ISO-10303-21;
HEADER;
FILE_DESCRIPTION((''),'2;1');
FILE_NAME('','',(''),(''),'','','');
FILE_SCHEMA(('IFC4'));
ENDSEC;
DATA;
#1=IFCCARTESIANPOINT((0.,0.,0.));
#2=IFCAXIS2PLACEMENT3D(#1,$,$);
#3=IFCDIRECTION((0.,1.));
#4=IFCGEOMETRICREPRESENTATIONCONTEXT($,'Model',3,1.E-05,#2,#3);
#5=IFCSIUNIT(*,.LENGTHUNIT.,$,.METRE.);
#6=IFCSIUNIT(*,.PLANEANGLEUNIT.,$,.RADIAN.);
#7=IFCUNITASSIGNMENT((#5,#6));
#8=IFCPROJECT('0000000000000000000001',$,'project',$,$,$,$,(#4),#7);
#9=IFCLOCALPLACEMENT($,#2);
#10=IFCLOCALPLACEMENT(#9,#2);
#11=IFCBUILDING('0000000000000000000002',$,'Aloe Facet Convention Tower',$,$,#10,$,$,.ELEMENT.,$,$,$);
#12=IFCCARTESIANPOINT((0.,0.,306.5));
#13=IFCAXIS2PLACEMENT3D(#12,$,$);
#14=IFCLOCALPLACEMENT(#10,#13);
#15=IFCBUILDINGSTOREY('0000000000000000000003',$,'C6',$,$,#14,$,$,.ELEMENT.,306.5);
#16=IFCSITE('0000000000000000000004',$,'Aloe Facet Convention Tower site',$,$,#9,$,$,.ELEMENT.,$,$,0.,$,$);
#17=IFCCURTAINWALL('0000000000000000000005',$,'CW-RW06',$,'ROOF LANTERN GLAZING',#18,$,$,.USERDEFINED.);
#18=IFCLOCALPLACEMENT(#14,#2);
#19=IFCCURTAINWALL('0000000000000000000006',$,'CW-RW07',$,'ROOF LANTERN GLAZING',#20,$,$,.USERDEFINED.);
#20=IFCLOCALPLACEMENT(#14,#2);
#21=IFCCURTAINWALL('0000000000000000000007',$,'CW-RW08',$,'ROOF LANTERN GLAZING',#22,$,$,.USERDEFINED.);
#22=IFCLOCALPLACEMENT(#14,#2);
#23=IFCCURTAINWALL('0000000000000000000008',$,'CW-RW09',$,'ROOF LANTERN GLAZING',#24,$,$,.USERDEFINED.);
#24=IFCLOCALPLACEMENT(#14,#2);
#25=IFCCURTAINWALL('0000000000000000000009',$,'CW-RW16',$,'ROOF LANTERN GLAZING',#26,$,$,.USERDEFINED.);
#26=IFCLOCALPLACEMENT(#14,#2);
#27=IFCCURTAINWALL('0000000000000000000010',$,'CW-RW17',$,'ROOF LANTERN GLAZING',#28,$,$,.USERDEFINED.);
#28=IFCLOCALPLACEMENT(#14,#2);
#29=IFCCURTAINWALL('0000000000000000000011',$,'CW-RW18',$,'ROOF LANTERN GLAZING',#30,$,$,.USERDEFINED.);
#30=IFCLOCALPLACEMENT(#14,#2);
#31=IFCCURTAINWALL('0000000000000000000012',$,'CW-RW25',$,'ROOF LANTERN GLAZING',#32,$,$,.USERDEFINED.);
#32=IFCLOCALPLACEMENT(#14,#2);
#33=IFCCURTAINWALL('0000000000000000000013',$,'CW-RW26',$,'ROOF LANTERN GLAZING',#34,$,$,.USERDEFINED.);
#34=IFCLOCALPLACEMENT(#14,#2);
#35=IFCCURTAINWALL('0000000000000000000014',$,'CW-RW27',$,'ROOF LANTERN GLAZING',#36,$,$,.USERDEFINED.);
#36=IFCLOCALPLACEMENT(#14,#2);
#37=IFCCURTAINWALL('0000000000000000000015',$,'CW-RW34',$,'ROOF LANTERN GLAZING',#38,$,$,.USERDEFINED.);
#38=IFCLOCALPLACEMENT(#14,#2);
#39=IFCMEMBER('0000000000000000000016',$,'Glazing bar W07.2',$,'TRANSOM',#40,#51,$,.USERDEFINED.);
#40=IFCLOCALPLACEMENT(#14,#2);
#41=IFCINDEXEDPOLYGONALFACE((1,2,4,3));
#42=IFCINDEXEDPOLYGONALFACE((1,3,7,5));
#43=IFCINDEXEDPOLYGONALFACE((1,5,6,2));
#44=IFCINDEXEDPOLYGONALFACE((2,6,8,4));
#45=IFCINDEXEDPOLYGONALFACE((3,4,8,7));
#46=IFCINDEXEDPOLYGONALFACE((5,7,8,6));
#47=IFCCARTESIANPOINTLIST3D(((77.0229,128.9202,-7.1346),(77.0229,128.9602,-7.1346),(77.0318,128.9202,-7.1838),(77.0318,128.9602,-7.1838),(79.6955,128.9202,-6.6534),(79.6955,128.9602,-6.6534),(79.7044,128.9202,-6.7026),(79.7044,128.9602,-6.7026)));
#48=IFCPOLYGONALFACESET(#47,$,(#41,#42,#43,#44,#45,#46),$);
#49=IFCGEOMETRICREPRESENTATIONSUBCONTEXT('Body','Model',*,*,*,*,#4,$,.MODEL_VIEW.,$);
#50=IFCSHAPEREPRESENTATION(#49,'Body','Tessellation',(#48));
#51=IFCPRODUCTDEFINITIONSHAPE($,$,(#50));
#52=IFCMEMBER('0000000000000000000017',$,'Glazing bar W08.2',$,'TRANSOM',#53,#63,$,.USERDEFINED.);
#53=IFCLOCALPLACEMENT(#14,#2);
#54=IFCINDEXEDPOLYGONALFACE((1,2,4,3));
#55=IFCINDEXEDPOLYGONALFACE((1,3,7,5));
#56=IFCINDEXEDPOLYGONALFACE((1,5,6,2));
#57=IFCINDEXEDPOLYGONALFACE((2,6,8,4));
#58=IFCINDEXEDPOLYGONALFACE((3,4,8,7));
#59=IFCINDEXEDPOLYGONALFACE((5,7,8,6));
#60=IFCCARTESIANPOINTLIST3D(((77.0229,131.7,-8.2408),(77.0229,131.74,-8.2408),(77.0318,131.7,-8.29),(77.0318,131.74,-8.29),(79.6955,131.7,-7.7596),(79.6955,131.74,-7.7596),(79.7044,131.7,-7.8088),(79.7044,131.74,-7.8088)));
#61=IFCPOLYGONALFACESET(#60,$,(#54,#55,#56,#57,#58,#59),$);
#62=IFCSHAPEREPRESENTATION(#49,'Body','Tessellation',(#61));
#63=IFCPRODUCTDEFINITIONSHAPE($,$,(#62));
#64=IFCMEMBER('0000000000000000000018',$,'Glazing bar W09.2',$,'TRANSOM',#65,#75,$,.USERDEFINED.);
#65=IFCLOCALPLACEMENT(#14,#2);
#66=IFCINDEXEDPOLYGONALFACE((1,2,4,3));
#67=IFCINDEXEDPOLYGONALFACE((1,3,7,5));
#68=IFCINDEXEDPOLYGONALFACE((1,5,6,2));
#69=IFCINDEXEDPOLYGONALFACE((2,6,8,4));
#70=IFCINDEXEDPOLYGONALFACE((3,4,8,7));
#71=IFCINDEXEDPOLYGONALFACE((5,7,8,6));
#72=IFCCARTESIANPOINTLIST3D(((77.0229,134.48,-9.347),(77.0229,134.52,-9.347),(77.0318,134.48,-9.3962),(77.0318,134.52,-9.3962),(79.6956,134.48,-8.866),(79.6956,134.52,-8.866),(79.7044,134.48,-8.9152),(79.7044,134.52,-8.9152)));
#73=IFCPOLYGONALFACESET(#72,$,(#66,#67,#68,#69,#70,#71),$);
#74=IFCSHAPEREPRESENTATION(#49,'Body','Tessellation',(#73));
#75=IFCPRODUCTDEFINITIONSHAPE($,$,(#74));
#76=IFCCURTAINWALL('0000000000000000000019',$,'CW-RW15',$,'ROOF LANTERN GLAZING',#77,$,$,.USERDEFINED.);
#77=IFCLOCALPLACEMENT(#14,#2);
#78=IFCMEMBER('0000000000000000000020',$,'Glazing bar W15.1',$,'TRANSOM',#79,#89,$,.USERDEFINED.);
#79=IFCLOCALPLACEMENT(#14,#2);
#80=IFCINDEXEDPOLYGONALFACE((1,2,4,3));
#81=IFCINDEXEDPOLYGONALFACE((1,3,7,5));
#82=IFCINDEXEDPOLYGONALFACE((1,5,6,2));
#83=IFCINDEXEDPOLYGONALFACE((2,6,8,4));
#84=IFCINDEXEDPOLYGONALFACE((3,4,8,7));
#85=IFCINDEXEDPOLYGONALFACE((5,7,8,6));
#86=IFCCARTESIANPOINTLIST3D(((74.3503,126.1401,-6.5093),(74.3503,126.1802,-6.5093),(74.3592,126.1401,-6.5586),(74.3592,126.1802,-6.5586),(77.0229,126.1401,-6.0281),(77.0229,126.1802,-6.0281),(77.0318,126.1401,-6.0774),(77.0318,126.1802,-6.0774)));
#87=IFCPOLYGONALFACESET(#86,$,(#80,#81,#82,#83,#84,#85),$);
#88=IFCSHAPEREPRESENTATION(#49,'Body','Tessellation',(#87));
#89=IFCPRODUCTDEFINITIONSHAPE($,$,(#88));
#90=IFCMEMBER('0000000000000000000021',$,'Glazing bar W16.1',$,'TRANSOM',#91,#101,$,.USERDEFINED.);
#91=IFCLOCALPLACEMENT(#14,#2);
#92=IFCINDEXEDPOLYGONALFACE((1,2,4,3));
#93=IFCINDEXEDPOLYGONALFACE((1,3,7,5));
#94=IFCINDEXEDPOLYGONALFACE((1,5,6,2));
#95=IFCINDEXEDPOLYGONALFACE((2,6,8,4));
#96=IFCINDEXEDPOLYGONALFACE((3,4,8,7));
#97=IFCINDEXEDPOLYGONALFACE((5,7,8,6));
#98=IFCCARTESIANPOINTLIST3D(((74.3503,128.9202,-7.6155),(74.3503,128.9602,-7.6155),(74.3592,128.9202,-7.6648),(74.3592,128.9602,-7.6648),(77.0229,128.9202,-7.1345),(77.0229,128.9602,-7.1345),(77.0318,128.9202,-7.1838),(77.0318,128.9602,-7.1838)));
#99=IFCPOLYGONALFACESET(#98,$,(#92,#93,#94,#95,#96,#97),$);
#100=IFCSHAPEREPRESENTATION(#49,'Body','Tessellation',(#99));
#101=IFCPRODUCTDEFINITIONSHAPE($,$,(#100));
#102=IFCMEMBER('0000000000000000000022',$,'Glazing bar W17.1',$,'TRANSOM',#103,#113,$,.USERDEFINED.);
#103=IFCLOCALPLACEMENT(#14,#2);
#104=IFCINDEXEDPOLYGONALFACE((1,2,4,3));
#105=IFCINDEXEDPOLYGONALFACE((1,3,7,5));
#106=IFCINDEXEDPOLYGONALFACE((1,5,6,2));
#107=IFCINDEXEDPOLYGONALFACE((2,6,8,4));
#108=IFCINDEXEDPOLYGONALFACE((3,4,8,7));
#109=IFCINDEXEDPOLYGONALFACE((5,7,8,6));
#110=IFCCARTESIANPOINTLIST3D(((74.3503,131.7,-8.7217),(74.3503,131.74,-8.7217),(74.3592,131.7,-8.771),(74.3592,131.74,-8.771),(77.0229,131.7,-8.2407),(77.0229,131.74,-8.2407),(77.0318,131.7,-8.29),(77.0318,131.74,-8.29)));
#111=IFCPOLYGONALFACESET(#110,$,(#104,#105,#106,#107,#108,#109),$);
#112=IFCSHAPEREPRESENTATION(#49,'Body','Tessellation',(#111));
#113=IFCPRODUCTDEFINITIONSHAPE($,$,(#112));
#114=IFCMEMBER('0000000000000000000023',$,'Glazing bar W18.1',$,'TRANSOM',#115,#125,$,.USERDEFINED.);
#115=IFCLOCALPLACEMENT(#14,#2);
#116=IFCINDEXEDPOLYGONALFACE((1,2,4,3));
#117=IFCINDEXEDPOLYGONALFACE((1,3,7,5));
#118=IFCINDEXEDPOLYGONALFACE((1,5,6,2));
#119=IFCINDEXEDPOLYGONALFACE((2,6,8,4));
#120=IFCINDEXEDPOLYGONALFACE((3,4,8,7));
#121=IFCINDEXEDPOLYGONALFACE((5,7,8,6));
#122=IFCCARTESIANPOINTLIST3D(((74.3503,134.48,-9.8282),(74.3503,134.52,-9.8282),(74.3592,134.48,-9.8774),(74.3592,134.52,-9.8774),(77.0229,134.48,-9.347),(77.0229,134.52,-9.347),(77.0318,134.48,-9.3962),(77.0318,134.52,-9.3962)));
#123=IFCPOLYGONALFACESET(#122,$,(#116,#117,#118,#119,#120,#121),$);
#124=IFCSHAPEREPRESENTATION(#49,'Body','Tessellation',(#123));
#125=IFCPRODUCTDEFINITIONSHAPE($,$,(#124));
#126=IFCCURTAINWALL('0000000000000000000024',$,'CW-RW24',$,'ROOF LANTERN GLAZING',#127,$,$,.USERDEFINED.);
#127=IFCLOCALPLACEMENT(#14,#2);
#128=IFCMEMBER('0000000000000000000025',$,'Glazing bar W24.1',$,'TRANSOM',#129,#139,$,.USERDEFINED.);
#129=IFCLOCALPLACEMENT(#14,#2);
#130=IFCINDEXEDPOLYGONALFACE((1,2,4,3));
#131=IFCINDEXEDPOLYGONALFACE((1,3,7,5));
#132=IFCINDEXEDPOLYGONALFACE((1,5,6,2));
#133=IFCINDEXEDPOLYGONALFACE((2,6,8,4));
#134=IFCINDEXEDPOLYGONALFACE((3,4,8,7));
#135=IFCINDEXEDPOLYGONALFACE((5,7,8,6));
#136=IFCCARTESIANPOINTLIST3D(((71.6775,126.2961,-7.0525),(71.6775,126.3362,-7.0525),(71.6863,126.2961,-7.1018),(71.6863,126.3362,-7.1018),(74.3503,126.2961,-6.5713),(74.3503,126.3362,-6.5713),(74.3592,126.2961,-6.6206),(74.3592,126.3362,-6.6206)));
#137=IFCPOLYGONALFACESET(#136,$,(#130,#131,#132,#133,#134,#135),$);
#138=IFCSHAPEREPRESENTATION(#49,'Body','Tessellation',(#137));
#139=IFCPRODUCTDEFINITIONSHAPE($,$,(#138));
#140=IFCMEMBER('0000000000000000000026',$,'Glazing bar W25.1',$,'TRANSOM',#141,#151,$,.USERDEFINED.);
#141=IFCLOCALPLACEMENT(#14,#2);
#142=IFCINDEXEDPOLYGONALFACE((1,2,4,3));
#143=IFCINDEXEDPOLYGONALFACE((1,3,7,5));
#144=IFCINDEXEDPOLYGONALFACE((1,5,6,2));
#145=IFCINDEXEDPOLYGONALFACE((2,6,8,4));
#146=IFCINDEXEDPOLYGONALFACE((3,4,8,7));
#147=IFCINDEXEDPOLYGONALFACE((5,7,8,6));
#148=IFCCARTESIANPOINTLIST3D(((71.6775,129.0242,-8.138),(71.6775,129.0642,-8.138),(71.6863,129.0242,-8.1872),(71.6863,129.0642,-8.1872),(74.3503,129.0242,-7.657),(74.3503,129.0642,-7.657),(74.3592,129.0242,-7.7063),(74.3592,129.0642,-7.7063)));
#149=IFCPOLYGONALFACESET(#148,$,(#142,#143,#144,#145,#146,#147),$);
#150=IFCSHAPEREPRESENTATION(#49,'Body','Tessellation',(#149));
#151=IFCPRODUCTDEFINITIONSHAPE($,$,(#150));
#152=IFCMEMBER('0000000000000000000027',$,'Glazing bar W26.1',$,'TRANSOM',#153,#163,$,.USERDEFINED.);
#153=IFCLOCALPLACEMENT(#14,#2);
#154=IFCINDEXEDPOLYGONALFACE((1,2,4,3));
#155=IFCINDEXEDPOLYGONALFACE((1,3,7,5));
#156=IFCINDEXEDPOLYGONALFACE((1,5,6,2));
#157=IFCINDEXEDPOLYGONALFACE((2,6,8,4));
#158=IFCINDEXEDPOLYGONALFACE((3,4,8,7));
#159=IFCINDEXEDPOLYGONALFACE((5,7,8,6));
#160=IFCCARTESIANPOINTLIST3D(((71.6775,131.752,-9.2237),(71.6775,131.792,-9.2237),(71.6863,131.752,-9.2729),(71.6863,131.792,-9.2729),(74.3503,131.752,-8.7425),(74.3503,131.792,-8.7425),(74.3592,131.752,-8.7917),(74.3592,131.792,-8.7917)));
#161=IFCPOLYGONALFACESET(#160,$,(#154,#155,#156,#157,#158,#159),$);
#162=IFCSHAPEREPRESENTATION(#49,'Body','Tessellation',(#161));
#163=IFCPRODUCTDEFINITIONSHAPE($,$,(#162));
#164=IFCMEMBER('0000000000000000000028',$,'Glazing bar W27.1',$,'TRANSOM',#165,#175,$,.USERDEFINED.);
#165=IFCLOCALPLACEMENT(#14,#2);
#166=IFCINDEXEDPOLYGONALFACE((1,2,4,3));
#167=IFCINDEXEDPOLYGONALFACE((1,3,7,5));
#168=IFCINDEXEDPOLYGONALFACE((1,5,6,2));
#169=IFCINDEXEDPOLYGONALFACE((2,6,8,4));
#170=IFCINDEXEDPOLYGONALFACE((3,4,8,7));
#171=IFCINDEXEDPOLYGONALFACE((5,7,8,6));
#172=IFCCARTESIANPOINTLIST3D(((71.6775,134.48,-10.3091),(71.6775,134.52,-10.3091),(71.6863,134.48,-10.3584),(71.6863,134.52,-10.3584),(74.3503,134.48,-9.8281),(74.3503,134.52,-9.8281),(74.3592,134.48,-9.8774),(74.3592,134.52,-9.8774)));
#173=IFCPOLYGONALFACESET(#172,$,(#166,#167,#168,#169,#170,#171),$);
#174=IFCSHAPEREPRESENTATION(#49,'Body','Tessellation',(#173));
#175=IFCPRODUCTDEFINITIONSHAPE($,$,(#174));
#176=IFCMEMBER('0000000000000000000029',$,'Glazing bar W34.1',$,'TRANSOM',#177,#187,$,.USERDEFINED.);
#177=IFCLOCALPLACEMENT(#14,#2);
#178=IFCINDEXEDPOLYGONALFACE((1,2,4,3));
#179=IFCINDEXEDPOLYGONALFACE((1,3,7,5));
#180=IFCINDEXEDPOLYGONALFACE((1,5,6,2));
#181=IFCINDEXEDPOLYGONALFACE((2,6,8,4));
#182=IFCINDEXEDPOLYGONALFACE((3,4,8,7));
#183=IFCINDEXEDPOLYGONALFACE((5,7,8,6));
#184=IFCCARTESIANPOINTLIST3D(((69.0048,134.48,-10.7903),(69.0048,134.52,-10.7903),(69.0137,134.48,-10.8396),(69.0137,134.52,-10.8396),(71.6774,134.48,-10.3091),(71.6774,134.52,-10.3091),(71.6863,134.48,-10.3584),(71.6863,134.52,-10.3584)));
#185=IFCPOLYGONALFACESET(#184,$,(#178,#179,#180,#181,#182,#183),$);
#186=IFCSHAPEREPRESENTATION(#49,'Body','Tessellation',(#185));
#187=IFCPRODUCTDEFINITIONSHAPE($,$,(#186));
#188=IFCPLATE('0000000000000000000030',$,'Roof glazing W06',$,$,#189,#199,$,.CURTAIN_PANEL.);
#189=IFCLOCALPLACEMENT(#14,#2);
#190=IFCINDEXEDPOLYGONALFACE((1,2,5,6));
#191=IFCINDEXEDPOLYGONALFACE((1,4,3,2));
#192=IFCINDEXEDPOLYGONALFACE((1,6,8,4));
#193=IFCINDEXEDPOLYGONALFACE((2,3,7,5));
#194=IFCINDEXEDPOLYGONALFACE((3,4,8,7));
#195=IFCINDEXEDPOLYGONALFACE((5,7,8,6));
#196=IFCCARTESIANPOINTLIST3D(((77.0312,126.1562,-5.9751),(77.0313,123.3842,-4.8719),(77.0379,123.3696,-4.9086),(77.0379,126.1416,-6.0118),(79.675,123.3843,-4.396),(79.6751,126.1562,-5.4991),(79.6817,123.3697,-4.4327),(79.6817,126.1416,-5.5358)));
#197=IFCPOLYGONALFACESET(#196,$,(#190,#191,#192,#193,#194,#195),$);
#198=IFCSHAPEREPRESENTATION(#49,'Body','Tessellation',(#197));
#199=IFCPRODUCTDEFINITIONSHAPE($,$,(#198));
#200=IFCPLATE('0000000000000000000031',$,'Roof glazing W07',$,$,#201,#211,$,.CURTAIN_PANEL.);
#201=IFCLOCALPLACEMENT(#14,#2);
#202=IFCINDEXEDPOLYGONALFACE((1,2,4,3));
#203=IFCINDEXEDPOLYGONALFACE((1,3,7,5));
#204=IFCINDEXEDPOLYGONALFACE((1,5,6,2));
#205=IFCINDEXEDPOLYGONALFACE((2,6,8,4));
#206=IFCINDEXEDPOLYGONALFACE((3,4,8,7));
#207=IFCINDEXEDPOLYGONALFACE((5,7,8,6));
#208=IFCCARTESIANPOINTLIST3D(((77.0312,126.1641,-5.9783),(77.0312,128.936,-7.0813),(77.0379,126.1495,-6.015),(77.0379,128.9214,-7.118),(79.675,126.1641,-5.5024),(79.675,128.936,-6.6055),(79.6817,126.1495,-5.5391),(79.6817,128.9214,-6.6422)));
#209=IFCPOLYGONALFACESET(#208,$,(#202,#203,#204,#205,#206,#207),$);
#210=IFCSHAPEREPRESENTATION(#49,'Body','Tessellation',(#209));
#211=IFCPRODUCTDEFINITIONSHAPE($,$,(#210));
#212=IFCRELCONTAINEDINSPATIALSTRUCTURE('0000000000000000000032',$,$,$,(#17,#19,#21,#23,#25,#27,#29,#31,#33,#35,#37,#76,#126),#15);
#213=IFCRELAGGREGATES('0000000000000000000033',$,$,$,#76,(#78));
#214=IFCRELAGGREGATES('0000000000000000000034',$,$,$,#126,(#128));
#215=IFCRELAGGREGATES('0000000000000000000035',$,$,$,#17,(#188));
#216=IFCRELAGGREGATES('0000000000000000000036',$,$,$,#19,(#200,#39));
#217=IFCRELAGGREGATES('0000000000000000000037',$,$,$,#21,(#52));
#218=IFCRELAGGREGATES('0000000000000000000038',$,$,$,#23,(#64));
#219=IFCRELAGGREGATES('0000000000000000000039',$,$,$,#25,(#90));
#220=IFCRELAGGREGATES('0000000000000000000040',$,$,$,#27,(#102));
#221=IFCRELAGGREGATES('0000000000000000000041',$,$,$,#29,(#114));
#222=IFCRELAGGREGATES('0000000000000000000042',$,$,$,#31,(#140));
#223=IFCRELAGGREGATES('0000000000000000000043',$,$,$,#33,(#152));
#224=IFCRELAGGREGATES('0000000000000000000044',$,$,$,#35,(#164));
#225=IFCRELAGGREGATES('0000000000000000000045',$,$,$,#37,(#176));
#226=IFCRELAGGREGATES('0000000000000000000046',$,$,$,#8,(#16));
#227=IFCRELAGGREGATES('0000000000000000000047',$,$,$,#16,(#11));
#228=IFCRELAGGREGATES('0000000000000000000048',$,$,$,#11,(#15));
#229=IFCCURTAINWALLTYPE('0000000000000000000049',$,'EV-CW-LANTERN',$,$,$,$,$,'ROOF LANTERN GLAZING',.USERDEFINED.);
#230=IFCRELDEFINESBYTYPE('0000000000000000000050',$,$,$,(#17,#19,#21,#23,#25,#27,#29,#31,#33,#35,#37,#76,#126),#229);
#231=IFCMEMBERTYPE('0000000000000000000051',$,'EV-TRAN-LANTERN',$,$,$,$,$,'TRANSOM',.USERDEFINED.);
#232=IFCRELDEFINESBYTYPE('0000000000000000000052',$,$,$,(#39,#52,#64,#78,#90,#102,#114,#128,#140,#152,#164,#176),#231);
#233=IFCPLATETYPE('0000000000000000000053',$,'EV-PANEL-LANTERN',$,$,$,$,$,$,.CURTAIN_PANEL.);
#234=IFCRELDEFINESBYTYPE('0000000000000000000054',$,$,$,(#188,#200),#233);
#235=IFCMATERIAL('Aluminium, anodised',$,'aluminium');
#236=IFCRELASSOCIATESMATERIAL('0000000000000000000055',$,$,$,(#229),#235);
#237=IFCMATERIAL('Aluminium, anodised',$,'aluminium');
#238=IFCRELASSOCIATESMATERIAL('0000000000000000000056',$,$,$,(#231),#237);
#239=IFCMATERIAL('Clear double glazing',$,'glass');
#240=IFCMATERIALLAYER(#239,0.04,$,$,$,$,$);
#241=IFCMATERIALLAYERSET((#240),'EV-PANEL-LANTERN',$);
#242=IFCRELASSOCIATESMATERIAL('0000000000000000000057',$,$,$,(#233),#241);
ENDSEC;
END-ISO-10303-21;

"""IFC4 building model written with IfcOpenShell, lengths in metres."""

from ifc_helpers import new_model, si_unit, direction, frame, origin, origin_2d, place, context, subcontext, project, spatial, polyline, rectangle, outline, extrude, material, layer, layer_set, material_profile, profile_set, type_object, element, aggregate, save


model = new_model("IFC4")

# Units and contexts
model_context = context("Model", 3, precision=1e-05, world=origin(), true_north=direction((0.0, 1.0)))
body_context = subcontext(model_context, "Body", "Model", "MODEL_VIEW")
ifc_project = project(units=[si_unit("LENGTHUNIT", "METRE"), si_unit("PLANEANGLEUNIT", "RADIAN")], contexts=[model_context])

# Site, building, storey
site_placement = place(None, origin())
site = spatial("IfcSite", under=ifc_project, at=site_placement, Name="Aloe Facet Convention Tower site", CompositionType="ELEMENT", RefElevation=0.0)
building_placement = place(site_placement, origin())
building = spatial("IfcBuilding", under=site, at=building_placement, Name="Aloe Facet Convention Tower", CompositionType="ELEMENT")
storey_placement = place(building_placement, frame((0.0, 0.0, 306.5)))
storey = spatial("IfcBuildingStorey", under=building, at=storey_placement, Name="C6", CompositionType="ELEMENT", Elevation=306.5)

# Curtain wall
ifc_material_1 = material(Name="Aluminium, anodised", Category="aluminium")
curtain_wall_type = type_object("IfcCurtainWallType", Name="EV-CW-LANTERN", ElementType="ROOF LANTERN GLAZING", PredefinedType="USERDEFINED", material=ifc_material_1)
curtain_wall_1_placement = place(storey_placement, origin())
curtain_wall_1 = element("IfcCurtainWall", 1, at=curtain_wall_1_placement, inside=storey, type_object=curtain_wall_type, Name="CW-RW06", ObjectType="ROOF LANTERN GLAZING", PredefinedType="USERDEFINED")

# Curtain walls
curtain_wall_2_placement = place(storey_placement, origin())
curtain_wall_2 = element("IfcCurtainWall", 2, at=curtain_wall_2_placement, inside=storey, type_object=curtain_wall_type, Name="CW-RW07", ObjectType="ROOF LANTERN GLAZING", PredefinedType="USERDEFINED")
curtain_wall_3_placement = place(storey_placement, origin())
curtain_wall_3 = element("IfcCurtainWall", 3, at=curtain_wall_3_placement, inside=storey, type_object=curtain_wall_type, Name="CW-RW08", ObjectType="ROOF LANTERN GLAZING", PredefinedType="USERDEFINED")
curtain_wall_4_placement = place(storey_placement, origin())
curtain_wall_4 = element("IfcCurtainWall", 4, at=curtain_wall_4_placement, inside=storey, type_object=curtain_wall_type, Name="CW-RW09", ObjectType="ROOF LANTERN GLAZING", PredefinedType="USERDEFINED")

# Curtain walls
curtain_wall_5_placement = place(storey_placement, origin())
curtain_wall_5 = element("IfcCurtainWall", 5, at=curtain_wall_5_placement, inside=storey, type_object=curtain_wall_type, Name="CW-RW16", ObjectType="ROOF LANTERN GLAZING", PredefinedType="USERDEFINED")
curtain_wall_6_placement = place(storey_placement, origin())
curtain_wall_6 = element("IfcCurtainWall", 6, at=curtain_wall_6_placement, inside=storey, type_object=curtain_wall_type, Name="CW-RW17", ObjectType="ROOF LANTERN GLAZING", PredefinedType="USERDEFINED")
curtain_wall_7_placement = place(storey_placement, origin())
curtain_wall_7 = element("IfcCurtainWall", 7, at=curtain_wall_7_placement, inside=storey, type_object=curtain_wall_type, Name="CW-RW18", ObjectType="ROOF LANTERN GLAZING", PredefinedType="USERDEFINED")
curtain_wall_8_placement = place(storey_placement, origin())
curtain_wall_8 = element("IfcCurtainWall", 8, at=curtain_wall_8_placement, inside=storey, type_object=curtain_wall_type, Name="CW-RW25", ObjectType="ROOF LANTERN GLAZING", PredefinedType="USERDEFINED")
curtain_wall_9_placement = place(storey_placement, origin())
curtain_wall_9 = element("IfcCurtainWall", 9, at=curtain_wall_9_placement, inside=storey, type_object=curtain_wall_type, Name="CW-RW26", ObjectType="ROOF LANTERN GLAZING", PredefinedType="USERDEFINED")
curtain_wall_10_placement = place(storey_placement, origin())
curtain_wall_10 = element("IfcCurtainWall", 10, at=curtain_wall_10_placement, inside=storey, type_object=curtain_wall_type, Name="CW-RW27", ObjectType="ROOF LANTERN GLAZING", PredefinedType="USERDEFINED")
curtain_wall_11_placement = place(storey_placement, origin())
curtain_wall_11 = element("IfcCurtainWall", 11, at=curtain_wall_11_placement, inside=storey, type_object=curtain_wall_type, Name="CW-RW34", ObjectType="ROOF LANTERN GLAZING", PredefinedType="USERDEFINED")

# Members
ifc_material_2 = material(Name="Aluminium, anodised", Category="aluminium")
ifc_material_profile_1 = material_profile(ifc_material_2, rectangle(XDim=0.04, YDim=0.05, at=origin_2d()), Name="AL 40x50")
ifc_profile_set_1 = profile_set([ifc_material_profile_1], Name="Aluminium, anodised")
member_type_1 = type_object("IfcMemberType", Name="EV-TRAN-LANTERN", ElementType="TRANSOM", PredefinedType="USERDEFINED", material=ifc_profile_set_1)
member_1_placement = place(storey_placement, frame((77.0273, 128.9402, -7.1592), z_axis=(0.984175, 0.0, 0.1772), x_axis=(0.0, 1.0, 0.0)))
member_1 = element("IfcMember", 12, at=member_1_placement, type_object=member_type_1, Name="Glazing bar W07.2", ObjectType="TRANSOM", PredefinedType="USERDEFINED", context=body_context, shape_type="SweptSolid", body=[
    extrude(rectangle(XDim=0.04, YDim=0.05, at=origin_2d()), origin(), (0.0, 0.0, 1.0), 2.7156),
])
member_2_placement = place(storey_placement, frame((77.0273, 131.72, -8.2654), z_axis=(0.984175, 0.0, 0.1772), x_axis=(0.0, 1.0, 0.0)))
member_2 = element("IfcMember", 13, at=member_2_placement, type_object=member_type_1, Name="Glazing bar W08.2", ObjectType="TRANSOM", PredefinedType="USERDEFINED", context=body_context, shape_type="SweptSolid", body=[
    extrude(rectangle(XDim=0.04, YDim=0.05, at=origin_2d()), origin(), (0.0, 0.0, 1.0), 2.7156),
])
member_3_placement = place(storey_placement, frame((77.0273, 134.5, -9.3716), z_axis=(0.984191, 0.0, 0.177113), x_axis=(0.0, 1.0, 0.0)))
member_3 = element("IfcMember", 14, at=member_3_placement, type_object=member_type_1, Name="Glazing bar W09.2", ObjectType="TRANSOM", PredefinedType="USERDEFINED", context=body_context, shape_type="SweptSolid", body=[
    extrude(rectangle(XDim=0.04, YDim=0.05, at=origin_2d()), origin(), (0.0, 0.0, 1.0), 2.7156),
])

# Curtain wall, member
curtain_wall_12_placement = place(storey_placement, origin())
curtain_wall_12 = element("IfcCurtainWall", 15, at=curtain_wall_12_placement, inside=storey, type_object=curtain_wall_type, Name="CW-RW15", ObjectType="ROOF LANTERN GLAZING", PredefinedType="USERDEFINED")
member_4_placement = place(storey_placement, frame((74.3547, 126.1602, -6.5339), z_axis=(0.984175, 0.0, 0.1772), x_axis=(0.0, 1.0, 0.0)))
member_4 = element("IfcMember", 16, at=member_4_placement, type_object=member_type_1, Name="Glazing bar W15.1", ObjectType="TRANSOM", PredefinedType="USERDEFINED", context=body_context, shape_type="SweptSolid", body=[
    extrude(rectangle(XDim=0.04, YDim=0.05, at=origin_2d()), origin(), (0.0, 0.0, 1.0), 2.7156),
])
aggregate(curtain_wall_12, [member_4])

# Members
member_5_placement = place(storey_placement, frame((74.3547, 128.9402, -7.6401), z_axis=(0.984191, 0.0, 0.177113), x_axis=(0.0, 1.0, 0.0)))
member_5 = element("IfcMember", 17, at=member_5_placement, type_object=member_type_1, Name="Glazing bar W16.1", ObjectType="TRANSOM", PredefinedType="USERDEFINED", context=body_context, shape_type="SweptSolid", body=[
    extrude(rectangle(XDim=0.04, YDim=0.05, at=origin_2d()), origin(), (0.0, 0.0, 1.0), 2.7156),
])
member_6_placement = place(storey_placement, frame((74.3547, 131.72, -8.7463), z_axis=(0.984191, 0.0, 0.177113), x_axis=(0.0, 1.0, 0.0)))
member_6 = element("IfcMember", 18, at=member_6_placement, type_object=member_type_1, Name="Glazing bar W17.1", ObjectType="TRANSOM", PredefinedType="USERDEFINED", context=body_context, shape_type="SweptSolid", body=[
    extrude(rectangle(XDim=0.04, YDim=0.05, at=origin_2d()), origin(), (0.0, 0.0, 1.0), 2.7156),
])
member_7_placement = place(storey_placement, frame((74.3547, 134.5, -9.8528), z_axis=(0.984175, 0.0, 0.1772), x_axis=(0.0, 1.0, 0.0)))
member_7 = element("IfcMember", 19, at=member_7_placement, type_object=member_type_1, Name="Glazing bar W18.1", ObjectType="TRANSOM", PredefinedType="USERDEFINED", context=body_context, shape_type="SweptSolid", body=[
    extrude(rectangle(XDim=0.04, YDim=0.05, at=origin_2d()), origin(), (0.0, 0.0, 1.0), 2.7156),
])

# Curtain wall, member
curtain_wall_13_placement = place(storey_placement, origin())
curtain_wall_13 = element("IfcCurtainWall", 20, at=curtain_wall_13_placement, inside=storey, type_object=curtain_wall_type, Name="CW-RW24", ObjectType="ROOF LANTERN GLAZING", PredefinedType="USERDEFINED")
member_8_placement = place(storey_placement, frame((71.6819, 126.3162, -7.0771), z_axis=(0.984178, 0.0, 0.177184), x_axis=(0.0, 1.0, 0.0)))
member_8 = element("IfcMember", 21, at=member_8_placement, type_object=member_type_1, Name="Glazing bar W24.1", ObjectType="TRANSOM", PredefinedType="USERDEFINED", context=body_context, shape_type="SweptSolid", body=[
    extrude(rectangle(XDim=0.04, YDim=0.05, at=origin_2d()), origin(), (0.0, 0.0, 1.0), 2.7158),
])
aggregate(curtain_wall_13, [member_8])

# Members
member_9_placement = place(storey_placement, frame((71.6819, 129.0442, -8.1626), z_axis=(0.984193, 0.0, 0.177097), x_axis=(0.0, 1.0, 0.0)))
member_9 = element("IfcMember", 22, at=member_9_placement, type_object=member_type_1, Name="Glazing bar W25.1", ObjectType="TRANSOM", PredefinedType="USERDEFINED", context=body_context, shape_type="SweptSolid", body=[
    extrude(rectangle(XDim=0.04, YDim=0.05, at=origin_2d()), origin(), (0.0, 0.0, 1.0), 2.7158),
])
member_10_placement = place(storey_placement, frame((71.6819, 131.772, -9.2483), z_axis=(0.984178, 0.0, 0.177184), x_axis=(0.0, 1.0, 0.0)))
member_10 = element("IfcMember", 23, at=member_10_placement, type_object=member_type_1, Name="Glazing bar W26.1", ObjectType="TRANSOM", PredefinedType="USERDEFINED", context=body_context, shape_type="SweptSolid", body=[
    extrude(rectangle(XDim=0.04, YDim=0.05, at=origin_2d()), origin(), (0.0, 0.0, 1.0), 2.7158),
])
member_11_placement = place(storey_placement, frame((71.6819, 134.5, -10.3337), z_axis=(0.984193, 0.0, 0.177097), x_axis=(0.0, 1.0, 0.0)))
member_11 = element("IfcMember", 24, at=member_11_placement, type_object=member_type_1, Name="Glazing bar W27.1", ObjectType="TRANSOM", PredefinedType="USERDEFINED", context=body_context, shape_type="SweptSolid", body=[
    extrude(rectangle(XDim=0.04, YDim=0.05, at=origin_2d()), origin(), (0.0, 0.0, 1.0), 2.7158),
])
member_12_placement = place(storey_placement, frame((69.0093, 134.5, -10.8149), z_axis=(0.984175, 0.0, 0.1772), x_axis=(0.0, 1.0, 0.0)))
member_12 = element("IfcMember", 25, at=member_12_placement, type_object=member_type_1, Name="Glazing bar W34.1", ObjectType="TRANSOM", PredefinedType="USERDEFINED", context=body_context, shape_type="SweptSolid", body=[
    extrude(rectangle(XDim=0.04, YDim=0.05, at=origin_2d()), origin(), (0.0, 0.0, 1.0), 2.7156),
])

# Plates
ifc_material_3 = material(Name="Clear double glazing", Category="glass")
ifc_layer = layer(ifc_material_3, 0.04)
ifc_layer_set = layer_set([ifc_layer], Name="EV-PANEL-LANTERN")
plate_type = type_object("IfcPlateType", Name="EV-PANEL-LANTERN", PredefinedType="CURTAIN_PANEL", material=ifc_layer_set)
plate_1_placement = place(storey_placement, frame((77.0312, 126.1562, -5.9751), z_axis=(-0.164975, 0.364694, 0.916396), x_axis=(0.984178, -0.000015, 0.177184)))
plate_1 = element("IfcPlate", 26, at=plate_1_placement, type_object=plate_type, Name="Roof glazing W06", PredefinedType="CURTAIN_PANEL", context=body_context, shape_type="SweptSolid", body=[
    extrude(outline(polyline([(0.0, 0.0), (2.6863, 0.0), (2.8818, -2.977), (0.1955, -2.977), (0.0, 0.0)])), origin(), (0.0, 0.0, -1.0), 0.04),
])
aggregate(curtain_wall_1, [plate_1])
plate_2_placement = place(storey_placement, frame((77.0312, 128.936, -7.0813), z_axis=(-0.164936, 0.364662, 0.916416), x_axis=(0.984187, 0.0, 0.177134)))
plate_2 = element("IfcPlate", 27, at=plate_2_placement, type_object=plate_type, Name="Roof glazing W07", PredefinedType="CURTAIN_PANEL", context=body_context, shape_type="SweptSolid", body=[
    extrude(outline(polyline([(0.0, 0.0), (2.6863, 0.0), (2.8817, -2.977), (0.1954, -2.977), (0.0, 0.0)])), origin(), (0.0, 0.0, -1.0), 0.04),
])
aggregate(curtain_wall_2, [plate_2, member_1])
aggregate(curtain_wall_3, [member_2])
aggregate(curtain_wall_4, [member_3])
aggregate(curtain_wall_5, [member_5])
aggregate(curtain_wall_6, [member_6])
aggregate(curtain_wall_7, [member_7])
aggregate(curtain_wall_8, [member_9])
aggregate(curtain_wall_9, [member_10])
aggregate(curtain_wall_10, [member_11])

aggregate(curtain_wall_11, [member_12])

save(model, "model.ifc")
